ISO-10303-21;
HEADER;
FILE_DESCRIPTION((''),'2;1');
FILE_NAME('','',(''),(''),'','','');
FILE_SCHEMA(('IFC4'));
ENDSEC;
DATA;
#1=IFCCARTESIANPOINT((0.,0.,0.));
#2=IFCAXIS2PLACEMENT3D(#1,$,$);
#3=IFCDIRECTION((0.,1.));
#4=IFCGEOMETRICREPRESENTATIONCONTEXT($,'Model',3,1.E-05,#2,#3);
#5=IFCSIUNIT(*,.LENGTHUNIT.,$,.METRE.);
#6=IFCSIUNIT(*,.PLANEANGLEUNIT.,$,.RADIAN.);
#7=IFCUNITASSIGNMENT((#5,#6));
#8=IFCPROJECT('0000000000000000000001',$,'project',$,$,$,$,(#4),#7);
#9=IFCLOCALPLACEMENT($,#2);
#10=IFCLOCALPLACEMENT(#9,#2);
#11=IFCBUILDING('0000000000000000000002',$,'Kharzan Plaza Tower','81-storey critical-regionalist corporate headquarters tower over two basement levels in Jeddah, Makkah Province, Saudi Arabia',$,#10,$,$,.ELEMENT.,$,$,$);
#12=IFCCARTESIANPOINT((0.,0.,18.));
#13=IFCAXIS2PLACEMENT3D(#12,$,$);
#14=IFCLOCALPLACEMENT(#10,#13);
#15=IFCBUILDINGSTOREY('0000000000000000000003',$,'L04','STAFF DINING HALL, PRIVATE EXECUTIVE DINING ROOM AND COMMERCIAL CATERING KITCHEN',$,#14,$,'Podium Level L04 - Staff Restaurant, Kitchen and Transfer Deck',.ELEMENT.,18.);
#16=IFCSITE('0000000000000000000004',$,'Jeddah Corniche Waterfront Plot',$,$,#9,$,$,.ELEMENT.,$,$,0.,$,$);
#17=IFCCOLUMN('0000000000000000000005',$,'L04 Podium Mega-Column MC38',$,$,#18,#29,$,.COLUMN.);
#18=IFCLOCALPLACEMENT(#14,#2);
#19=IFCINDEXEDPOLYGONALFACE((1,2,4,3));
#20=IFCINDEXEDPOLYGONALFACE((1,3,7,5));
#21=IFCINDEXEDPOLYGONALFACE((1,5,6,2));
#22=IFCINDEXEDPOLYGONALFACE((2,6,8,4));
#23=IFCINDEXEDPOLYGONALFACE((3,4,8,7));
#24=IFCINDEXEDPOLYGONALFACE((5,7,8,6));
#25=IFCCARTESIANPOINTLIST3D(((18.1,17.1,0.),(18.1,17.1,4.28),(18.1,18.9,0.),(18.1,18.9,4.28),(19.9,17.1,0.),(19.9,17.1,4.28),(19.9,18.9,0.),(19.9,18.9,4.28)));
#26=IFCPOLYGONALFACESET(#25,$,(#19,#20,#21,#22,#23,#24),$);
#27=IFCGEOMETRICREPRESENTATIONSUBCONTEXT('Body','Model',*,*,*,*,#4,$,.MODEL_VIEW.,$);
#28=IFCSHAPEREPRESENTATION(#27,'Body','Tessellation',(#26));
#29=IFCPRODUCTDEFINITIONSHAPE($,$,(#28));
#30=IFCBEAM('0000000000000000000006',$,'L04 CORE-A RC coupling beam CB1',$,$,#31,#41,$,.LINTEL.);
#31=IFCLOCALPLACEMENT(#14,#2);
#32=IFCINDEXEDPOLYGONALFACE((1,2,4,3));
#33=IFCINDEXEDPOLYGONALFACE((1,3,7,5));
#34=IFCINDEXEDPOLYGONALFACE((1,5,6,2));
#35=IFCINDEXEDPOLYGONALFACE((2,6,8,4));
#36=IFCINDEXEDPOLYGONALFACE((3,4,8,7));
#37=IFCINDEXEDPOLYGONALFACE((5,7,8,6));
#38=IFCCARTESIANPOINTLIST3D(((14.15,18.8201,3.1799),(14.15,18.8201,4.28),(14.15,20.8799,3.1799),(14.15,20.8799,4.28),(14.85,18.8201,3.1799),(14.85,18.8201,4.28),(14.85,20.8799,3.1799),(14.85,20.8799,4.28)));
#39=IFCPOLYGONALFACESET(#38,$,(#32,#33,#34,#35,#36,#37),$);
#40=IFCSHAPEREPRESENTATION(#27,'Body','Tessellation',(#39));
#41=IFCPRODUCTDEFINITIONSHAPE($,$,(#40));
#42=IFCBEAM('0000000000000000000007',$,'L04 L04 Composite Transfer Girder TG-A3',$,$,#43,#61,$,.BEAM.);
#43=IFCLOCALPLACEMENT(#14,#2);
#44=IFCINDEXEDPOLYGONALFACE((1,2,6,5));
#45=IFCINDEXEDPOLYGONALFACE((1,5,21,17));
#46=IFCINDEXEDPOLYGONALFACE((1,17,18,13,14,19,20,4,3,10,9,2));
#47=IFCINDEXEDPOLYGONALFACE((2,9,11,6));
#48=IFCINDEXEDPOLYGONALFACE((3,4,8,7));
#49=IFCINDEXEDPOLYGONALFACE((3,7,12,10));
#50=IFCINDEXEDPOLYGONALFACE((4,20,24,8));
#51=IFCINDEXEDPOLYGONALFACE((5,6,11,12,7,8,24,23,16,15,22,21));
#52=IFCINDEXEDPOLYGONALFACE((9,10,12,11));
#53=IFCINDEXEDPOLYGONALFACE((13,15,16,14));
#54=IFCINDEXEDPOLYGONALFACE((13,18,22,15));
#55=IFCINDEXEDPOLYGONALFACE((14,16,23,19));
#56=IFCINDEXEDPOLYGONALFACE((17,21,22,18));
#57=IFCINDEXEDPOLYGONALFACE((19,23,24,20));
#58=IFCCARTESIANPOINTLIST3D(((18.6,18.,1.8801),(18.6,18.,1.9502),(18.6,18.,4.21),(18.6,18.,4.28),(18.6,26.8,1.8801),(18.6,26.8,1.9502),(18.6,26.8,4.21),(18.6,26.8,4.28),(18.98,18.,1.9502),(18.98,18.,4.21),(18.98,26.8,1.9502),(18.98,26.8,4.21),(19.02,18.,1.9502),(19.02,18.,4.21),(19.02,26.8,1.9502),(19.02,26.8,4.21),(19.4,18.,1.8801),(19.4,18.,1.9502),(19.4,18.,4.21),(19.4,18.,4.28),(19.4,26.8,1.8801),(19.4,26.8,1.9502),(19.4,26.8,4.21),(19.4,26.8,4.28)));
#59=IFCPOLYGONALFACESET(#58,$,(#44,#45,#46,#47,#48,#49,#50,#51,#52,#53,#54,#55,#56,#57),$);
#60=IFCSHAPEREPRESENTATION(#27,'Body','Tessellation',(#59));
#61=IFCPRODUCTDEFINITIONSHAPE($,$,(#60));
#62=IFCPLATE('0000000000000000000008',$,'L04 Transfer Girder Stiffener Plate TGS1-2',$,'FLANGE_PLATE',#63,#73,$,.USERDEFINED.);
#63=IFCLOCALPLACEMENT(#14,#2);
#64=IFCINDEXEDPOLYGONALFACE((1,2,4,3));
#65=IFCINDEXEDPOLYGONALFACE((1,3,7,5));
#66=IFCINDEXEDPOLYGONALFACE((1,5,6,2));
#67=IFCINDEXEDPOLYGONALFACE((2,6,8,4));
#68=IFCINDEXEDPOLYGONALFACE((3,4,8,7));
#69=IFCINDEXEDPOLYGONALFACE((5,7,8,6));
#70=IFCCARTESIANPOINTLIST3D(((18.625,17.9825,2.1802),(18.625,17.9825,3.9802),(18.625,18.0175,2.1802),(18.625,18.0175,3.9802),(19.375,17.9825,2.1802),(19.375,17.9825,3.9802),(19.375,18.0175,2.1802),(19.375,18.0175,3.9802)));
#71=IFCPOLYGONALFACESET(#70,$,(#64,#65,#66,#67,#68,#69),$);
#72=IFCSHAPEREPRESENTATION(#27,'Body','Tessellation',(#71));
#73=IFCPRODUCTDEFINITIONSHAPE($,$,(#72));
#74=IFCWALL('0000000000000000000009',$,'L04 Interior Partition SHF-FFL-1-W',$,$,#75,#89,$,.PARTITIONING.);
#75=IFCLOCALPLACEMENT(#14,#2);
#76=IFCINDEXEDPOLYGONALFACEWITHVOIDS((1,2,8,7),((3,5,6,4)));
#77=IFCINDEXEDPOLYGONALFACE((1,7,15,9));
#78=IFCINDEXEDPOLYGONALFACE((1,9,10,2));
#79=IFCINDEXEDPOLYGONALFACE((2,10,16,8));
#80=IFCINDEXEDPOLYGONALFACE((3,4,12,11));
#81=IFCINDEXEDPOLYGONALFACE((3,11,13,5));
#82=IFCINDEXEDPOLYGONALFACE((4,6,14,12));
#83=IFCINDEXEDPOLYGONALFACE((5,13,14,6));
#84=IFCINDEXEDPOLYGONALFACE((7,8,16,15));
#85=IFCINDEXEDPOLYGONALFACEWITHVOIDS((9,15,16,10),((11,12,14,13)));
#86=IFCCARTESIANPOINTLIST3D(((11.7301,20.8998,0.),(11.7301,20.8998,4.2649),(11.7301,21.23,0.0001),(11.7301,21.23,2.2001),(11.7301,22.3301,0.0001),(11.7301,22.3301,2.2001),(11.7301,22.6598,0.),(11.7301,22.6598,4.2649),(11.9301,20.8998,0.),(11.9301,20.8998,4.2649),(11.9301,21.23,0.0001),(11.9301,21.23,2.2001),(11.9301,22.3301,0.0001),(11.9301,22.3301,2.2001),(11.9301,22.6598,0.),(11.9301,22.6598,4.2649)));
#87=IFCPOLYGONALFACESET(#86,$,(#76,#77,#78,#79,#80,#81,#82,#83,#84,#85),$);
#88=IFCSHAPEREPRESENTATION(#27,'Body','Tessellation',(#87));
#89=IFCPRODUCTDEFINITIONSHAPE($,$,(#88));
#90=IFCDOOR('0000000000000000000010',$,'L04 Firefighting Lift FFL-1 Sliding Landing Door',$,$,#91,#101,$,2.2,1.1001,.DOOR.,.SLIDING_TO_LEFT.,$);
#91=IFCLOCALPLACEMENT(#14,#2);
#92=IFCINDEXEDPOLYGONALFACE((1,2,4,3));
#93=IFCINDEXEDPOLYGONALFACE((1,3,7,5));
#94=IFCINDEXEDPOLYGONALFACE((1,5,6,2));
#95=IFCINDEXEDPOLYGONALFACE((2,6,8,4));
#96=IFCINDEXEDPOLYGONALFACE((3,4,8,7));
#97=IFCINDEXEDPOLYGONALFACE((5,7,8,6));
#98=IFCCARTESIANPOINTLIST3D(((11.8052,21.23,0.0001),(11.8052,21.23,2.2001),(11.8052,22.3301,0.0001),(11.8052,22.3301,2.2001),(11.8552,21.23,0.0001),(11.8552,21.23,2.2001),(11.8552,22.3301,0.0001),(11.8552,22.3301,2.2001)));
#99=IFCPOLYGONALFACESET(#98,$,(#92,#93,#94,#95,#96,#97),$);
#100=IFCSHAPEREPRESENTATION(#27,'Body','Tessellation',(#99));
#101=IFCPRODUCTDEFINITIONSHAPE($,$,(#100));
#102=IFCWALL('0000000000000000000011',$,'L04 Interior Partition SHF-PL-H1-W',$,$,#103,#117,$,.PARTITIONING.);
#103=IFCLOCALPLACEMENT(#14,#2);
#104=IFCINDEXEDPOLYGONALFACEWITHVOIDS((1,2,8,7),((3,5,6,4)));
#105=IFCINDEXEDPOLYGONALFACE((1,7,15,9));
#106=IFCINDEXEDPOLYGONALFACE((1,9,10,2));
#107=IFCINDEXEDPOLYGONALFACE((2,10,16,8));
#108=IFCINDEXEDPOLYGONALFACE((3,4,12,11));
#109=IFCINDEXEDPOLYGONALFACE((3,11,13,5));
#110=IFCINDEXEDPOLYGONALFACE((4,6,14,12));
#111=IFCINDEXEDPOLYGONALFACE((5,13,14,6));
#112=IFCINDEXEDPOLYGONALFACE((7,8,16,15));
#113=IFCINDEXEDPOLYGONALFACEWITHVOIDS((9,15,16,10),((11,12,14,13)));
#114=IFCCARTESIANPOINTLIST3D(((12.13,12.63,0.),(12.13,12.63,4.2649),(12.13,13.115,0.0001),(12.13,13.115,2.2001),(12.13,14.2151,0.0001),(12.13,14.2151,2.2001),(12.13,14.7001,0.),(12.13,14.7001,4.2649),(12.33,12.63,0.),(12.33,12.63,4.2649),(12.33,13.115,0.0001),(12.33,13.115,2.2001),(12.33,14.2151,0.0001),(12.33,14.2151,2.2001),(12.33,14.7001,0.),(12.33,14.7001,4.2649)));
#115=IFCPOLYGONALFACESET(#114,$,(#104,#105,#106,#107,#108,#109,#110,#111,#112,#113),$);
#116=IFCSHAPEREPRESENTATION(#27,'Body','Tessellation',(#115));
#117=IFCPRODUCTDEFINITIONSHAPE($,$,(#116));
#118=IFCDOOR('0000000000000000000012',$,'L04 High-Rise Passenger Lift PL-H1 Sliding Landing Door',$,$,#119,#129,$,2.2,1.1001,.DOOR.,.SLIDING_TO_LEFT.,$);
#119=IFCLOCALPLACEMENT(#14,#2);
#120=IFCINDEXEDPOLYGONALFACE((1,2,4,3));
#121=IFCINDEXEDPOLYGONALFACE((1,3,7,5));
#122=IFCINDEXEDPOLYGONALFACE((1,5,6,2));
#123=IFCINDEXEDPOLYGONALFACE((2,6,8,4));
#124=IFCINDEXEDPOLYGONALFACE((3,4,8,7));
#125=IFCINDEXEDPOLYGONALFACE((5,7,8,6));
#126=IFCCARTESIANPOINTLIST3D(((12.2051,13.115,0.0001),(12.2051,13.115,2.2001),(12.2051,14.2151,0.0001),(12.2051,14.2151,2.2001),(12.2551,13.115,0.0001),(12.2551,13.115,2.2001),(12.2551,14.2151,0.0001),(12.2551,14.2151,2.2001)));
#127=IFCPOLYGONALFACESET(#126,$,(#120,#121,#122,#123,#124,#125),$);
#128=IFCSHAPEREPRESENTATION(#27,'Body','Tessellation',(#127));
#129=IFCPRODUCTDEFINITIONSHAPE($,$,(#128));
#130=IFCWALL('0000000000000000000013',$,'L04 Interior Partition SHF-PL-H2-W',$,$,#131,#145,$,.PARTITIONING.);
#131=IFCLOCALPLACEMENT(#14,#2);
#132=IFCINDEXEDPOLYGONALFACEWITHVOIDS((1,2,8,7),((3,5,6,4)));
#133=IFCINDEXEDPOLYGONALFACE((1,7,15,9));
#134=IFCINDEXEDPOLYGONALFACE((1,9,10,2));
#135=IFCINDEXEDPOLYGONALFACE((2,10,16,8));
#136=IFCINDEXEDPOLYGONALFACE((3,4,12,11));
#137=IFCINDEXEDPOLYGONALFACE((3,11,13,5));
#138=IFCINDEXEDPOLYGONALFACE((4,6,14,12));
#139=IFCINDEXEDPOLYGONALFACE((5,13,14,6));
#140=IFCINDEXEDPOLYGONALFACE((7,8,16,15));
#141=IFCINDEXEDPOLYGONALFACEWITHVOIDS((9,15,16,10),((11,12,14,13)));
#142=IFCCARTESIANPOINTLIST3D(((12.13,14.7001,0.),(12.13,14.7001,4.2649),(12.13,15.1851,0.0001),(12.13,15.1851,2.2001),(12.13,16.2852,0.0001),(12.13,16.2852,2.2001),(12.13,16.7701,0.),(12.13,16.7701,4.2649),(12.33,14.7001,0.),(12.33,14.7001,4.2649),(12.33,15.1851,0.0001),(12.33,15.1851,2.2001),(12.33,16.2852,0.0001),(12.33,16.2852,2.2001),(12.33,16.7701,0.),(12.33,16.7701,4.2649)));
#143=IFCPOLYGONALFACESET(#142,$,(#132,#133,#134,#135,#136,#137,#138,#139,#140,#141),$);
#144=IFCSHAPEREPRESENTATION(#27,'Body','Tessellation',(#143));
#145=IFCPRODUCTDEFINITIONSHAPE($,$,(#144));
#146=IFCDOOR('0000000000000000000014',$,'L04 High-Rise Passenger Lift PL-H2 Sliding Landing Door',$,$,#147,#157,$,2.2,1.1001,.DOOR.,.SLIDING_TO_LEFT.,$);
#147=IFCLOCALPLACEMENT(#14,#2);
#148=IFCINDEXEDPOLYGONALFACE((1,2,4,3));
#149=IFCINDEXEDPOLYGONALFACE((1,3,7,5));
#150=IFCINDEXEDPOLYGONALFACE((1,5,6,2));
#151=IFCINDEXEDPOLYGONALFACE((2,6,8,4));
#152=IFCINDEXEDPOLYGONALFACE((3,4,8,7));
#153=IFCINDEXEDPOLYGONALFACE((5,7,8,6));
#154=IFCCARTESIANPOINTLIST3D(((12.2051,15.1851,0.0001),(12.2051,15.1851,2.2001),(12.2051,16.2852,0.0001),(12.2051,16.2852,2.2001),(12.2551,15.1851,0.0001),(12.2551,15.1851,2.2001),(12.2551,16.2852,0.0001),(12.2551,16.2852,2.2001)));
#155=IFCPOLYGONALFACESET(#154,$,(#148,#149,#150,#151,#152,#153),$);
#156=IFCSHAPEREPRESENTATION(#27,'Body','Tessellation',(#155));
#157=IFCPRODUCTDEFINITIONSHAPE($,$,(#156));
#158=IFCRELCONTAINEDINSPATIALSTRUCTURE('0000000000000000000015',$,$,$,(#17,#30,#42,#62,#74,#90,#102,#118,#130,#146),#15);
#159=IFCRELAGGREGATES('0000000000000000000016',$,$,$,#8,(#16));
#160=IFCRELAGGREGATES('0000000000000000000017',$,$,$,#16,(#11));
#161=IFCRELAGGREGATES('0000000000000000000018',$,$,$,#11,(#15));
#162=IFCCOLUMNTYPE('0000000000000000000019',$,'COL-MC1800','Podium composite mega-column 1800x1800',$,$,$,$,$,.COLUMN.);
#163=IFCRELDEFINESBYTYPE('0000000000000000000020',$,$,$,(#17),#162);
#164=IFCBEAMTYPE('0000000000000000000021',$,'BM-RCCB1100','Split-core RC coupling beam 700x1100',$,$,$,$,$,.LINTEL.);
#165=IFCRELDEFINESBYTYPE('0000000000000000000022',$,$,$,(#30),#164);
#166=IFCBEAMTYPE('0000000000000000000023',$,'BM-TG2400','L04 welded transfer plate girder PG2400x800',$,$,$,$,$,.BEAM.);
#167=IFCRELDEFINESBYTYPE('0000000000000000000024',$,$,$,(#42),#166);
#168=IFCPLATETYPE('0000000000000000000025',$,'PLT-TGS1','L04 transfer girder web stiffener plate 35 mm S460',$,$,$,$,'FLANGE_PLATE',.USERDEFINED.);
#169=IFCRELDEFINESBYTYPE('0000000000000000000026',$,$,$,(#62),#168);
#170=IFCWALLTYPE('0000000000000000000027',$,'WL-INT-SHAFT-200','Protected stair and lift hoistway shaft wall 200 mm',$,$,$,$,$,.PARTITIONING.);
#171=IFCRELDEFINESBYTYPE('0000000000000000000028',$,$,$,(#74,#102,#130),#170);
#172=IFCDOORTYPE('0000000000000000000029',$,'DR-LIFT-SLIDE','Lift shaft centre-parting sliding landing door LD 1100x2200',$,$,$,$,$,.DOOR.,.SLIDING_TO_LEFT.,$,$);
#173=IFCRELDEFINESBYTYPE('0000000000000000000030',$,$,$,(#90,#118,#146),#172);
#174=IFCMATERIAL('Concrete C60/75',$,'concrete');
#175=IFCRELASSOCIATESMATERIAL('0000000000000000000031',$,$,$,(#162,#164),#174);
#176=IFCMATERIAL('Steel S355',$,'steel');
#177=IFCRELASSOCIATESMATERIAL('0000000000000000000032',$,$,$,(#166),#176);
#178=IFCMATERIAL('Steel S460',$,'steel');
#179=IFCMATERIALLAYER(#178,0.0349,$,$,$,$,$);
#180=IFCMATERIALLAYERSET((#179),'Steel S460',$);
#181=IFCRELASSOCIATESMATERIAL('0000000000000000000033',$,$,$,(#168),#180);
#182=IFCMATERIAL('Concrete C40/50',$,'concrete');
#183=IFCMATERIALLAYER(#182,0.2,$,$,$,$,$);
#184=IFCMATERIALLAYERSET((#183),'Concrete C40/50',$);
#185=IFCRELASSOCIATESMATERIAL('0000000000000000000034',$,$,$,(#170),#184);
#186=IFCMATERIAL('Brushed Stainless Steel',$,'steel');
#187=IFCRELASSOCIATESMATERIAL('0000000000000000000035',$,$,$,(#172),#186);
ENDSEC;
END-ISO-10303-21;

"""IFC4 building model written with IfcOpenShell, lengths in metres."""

from ifc_helpers import new_model, si_unit, direction, frame, frame_2d, origin, origin_2d, place, context, subcontext, project, spatial, rectangle, i_section, extrude, source, transform, mapped, material, layer, layer_set, material_profile, profile_set, type_object, element, fill, save


model = new_model("IFC4")

# Units and contexts
model_context = context("Model", 3, precision=1e-05, world=origin(), true_north=direction((0.0, 1.0)))
body_context = subcontext(model_context, "Body", "Model", "MODEL_VIEW")
ifc_project = project(units=[si_unit("LENGTHUNIT", "METRE"), si_unit("PLANEANGLEUNIT", "RADIAN")], contexts=[model_context])

# Site, building, storey
site_placement = place(None, origin())
site = spatial("IfcSite", under=ifc_project, at=site_placement, Name="Jeddah Corniche Waterfront Plot", CompositionType="ELEMENT", RefElevation=0.0)
building_placement = place(site_placement, origin())
building = spatial("IfcBuilding", under=site, at=building_placement, Name="Kharzan Plaza Tower", Description="81-storey critical-regionalist corporate headquarters tower over two basement levels in Jeddah, Makkah Province, Saudi Arabia", CompositionType="ELEMENT")
storey_placement = place(building_placement, frame((0.0, 0.0, 18.0)))
storey = spatial("IfcBuildingStorey", under=building, at=storey_placement, Name="L04", Description="STAFF DINING HALL, PRIVATE EXECUTIVE DINING ROOM AND COMMERCIAL CATERING KITCHEN", LongName="Podium Level L04 - Staff Restaurant, Kitchen and Transfer Deck", CompositionType="ELEMENT", Elevation=18.0)

# Column
ifc_material_1 = material(Name="Concrete C60/75", Category="concrete")
ifc_material_profile_1 = material_profile(ifc_material_1, rectangle(XDim=1.8, YDim=1.8, at=origin_2d()), Name="RC-MC1800x1800")
ifc_profile_set_1 = profile_set([ifc_material_profile_1], Name="Concrete C60/75")
column_type = type_object("IfcColumnType", Name="COL-MC1800", Description="Podium composite mega-column 1800x1800", PredefinedType="COLUMN", material=ifc_profile_set_1)
shared_shape_1 = source(origin(), body_context, "Body", "SweptSolid", [
    extrude(rectangle(XDim=1.8, YDim=1.8, at=origin_2d()), origin(), (0.0, 0.0, 1.0), 4.28),
])
column_placement = place(storey_placement, frame((19.0, 18.0, 0.0), z_axis=(0.0, 0.0, 1.0), x_axis=(1.0, 0.0, 0.0)))
element("IfcColumn", 1, at=column_placement, inside=storey, type_object=column_type, Name="L04 Podium Mega-Column MC38", PredefinedType="COLUMN", context=body_context, shape_type="MappedRepresentation", body=[
    mapped(shared_shape_1, transform((0.0, 0.0, 0.0), x_axis=(1.0, 0.0, 0.0), y_axis=(0.0, 1.0, 0.0), z_axis=(0.0, 0.0, 1.0))),
])

# Beams
ifc_material_profile_2 = material_profile(ifc_material_1, rectangle(XDim=0.7, YDim=1.1001, at=origin_2d()), Name="RC-CB1100x700")
ifc_profile_set_2 = profile_set([ifc_material_profile_2], Name="Concrete C60/75")
beam_type_1 = type_object("IfcBeamType", Name="BM-RCCB1100", Description="Split-core RC coupling beam 700x1100", PredefinedType="LINTEL", material=ifc_profile_set_2)
shared_shape_2 = source(origin(), body_context, "Body", "SweptSolid", [
    extrude(rectangle(XDim=0.7, YDim=1.1001, at=origin_2d()), origin(), (0.0, 0.0, 1.0), 2.0598),
])
beam_1_placement = place(storey_placement, frame((14.5, 18.8201, 3.73), z_axis=(0.0, 1.0, 0.0), x_axis=(-1.0, 0.0, 0.0)))
element("IfcBeam", 2, at=beam_1_placement, inside=storey, type_object=beam_type_1, Name="L04 CORE-A RC coupling beam CB1", PredefinedType="LINTEL", context=body_context, shape_type="MappedRepresentation", body=[
    mapped(shared_shape_2, transform((0.0, 0.0, 0.0), x_axis=(1.0, 0.0, 0.0), y_axis=(0.0, 1.0, 0.0), z_axis=(0.0, 0.0, 1.0))),
])
ifc_material_2 = material(Name="Steel S355", Category="steel")
ifc_material_profile_3 = material_profile(ifc_material_2, i_section(OverallWidth=0.8, OverallDepth=2.3999, WebThickness=0.04, FlangeThickness=0.0701, at=origin_2d()), Name="PG2400x800")
ifc_profile_set_3 = profile_set([ifc_material_profile_3], Name="Steel S355")
beam_type_2 = type_object("IfcBeamType", Name="BM-TG2400", Description="L04 welded transfer plate girder PG2400x800", PredefinedType="BEAM", material=ifc_profile_set_3)
shared_shape_3 = source(origin(), body_context, "Body", "SweptSolid", [
    extrude(i_section(OverallWidth=0.8, OverallDepth=2.3999, WebThickness=0.04, FlangeThickness=0.0701, at=origin_2d()), origin(), (0.0, 0.0, 1.0), 8.8),
])
beam_2_placement = place(storey_placement, frame((19.0, 18.0, 3.0801), z_axis=(0.0, 1.0, 0.0), x_axis=(-1.0, 0.0, 0.0)))
element("IfcBeam", 3, at=beam_2_placement, inside=storey, type_object=beam_type_2, Name="L04 L04 Composite Transfer Girder TG-A3", PredefinedType="BEAM", context=body_context, shape_type="MappedRepresentation", body=[
    mapped(shared_shape_3, transform((0.0, 0.0, 0.0), x_axis=(1.0, 0.0, 0.0), y_axis=(0.0, 1.0, 0.0), z_axis=(0.0, 0.0, 1.0))),
])

# Plate
ifc_material_3 = material(Name="Steel S460", Category="steel")
ifc_layer_1 = layer(ifc_material_3, 0.0349)
ifc_layer_set_1 = layer_set([ifc_layer_1], Name="Steel S460")
plate_type = type_object("IfcPlateType", Name="PLT-TGS1", Description="L04 transfer girder web stiffener plate 35 mm S460", ElementType="FLANGE_PLATE", PredefinedType="USERDEFINED", material=ifc_layer_set_1)
shared_shape_4 = source(origin(), body_context, "Body", "SweptSolid", [
    extrude(rectangle(XDim=0.75, YDim=0.0349, at=origin_2d()), origin(), (0.0, 0.0, 1.0), 1.8),
])
plate_placement = place(storey_placement, frame((19.0, 18.0, 2.1802), z_axis=(0.0, 0.0, 1.0), x_axis=(1.0, 0.0, 0.0)))
element("IfcPlate", 4, at=plate_placement, inside=storey, type_object=plate_type, Name="L04 Transfer Girder Stiffener Plate TGS1-2", ObjectType="FLANGE_PLATE", PredefinedType="USERDEFINED", context=body_context, shape_type="MappedRepresentation", body=[
    mapped(shared_shape_4, transform((0.0, 0.0, 0.0), x_axis=(1.0, 0.0, 0.0), y_axis=(0.0, 1.0, 0.0), z_axis=(0.0, 0.0, 1.0))),
])

# Walls, openings, doors
ifc_material_4 = material(Name="Concrete C40/50", Category="concrete")
ifc_layer_2 = layer(ifc_material_4, 0.2)
ifc_layer_set_2 = layer_set([ifc_layer_2], Name="Concrete C40/50")
wall_type_1 = type_object("IfcWallType", Name="WL-INT-SHAFT-200", Description="Protected stair and lift hoistway shaft wall 200 mm", PredefinedType="PARTITIONING", material=ifc_layer_set_2)
wall_1_placement = place(storey_placement, frame((11.8301, 20.8999, 0.0), z_axis=(0.0, 0.0, 1.0), x_axis=(0.0, 1.0, 0.0)))
wall_1 = element("IfcWall", 5, at=wall_1_placement, inside=storey, type_object=wall_type_1, Name="L04 Interior Partition SHF-FFL-1-W", PredefinedType="PARTITIONING", context=body_context, shape_type="SweptSolid", body=[
    extrude(rectangle(XDim=1.76, YDim=0.2, at=frame_2d((0.8799, 0.0))), origin(), (0.0, 0.0, 1.0), 4.2649),
])
opening_1_placement = place(wall_1_placement, frame((0.3301, 0.0, 0.0)))
opening_1 = element("IfcOpeningElement", 6, at=opening_1_placement, cuts=wall_1, PredefinedType="OPENING", context=body_context, shape_type="SweptSolid", body=[
    extrude(rectangle(XDim=1.1001, YDim=2.2, at=frame_2d((0.55, 1.1001))), frame((0.0, 0.1099, 0.0), z_axis=(0.0, -1.0, 0.0), x_axis=(1.0, 0.0, 0.0)), (0.0, 0.0, 1.0), 0.22),
])
ifc_material_5 = material(Name="Brushed Stainless Steel", Category="steel")
door_type = type_object("IfcDoorType", Name="DR-LIFT-SLIDE", Description="Lift shaft centre-parting sliding landing door LD 1100x2200", OperationType="SLIDING_TO_LEFT", PredefinedType="DOOR", material=ifc_material_5)
shared_shape_5 = source(origin(), body_context, "Body", "SweptSolid", [
    extrude(rectangle(XDim=1.1001, YDim=2.2, at=frame_2d((0.55, 1.1001))), frame((0.0, 0.0249, 0.0), z_axis=(0.0, -1.0, 0.0), x_axis=(1.0, 0.0, 0.0)), (0.0, 0.0, 1.0), 0.05),
])
door_1_placement = place(opening_1_placement, origin())
door_1 = element("IfcDoor", 7, at=door_1_placement, inside=storey, type_object=door_type, Name="L04 Firefighting Lift FFL-1 Sliding Landing Door", OperationType="SLIDING_TO_LEFT", OverallHeight=2.2, OverallWidth=1.1001, PredefinedType="DOOR", context=body_context, shape_type="MappedRepresentation", body=[
    mapped(shared_shape_5, transform((0.0, 0.0, 0.0), x_axis=(1.0, 0.0, 0.0), y_axis=(0.0, 1.0, 0.0), z_axis=(0.0, 0.0, 1.0))),
])
fill(opening_1, door_1)
wall_2_placement = place(storey_placement, frame((12.23, 12.6299, 0.0), z_axis=(0.0, 0.0, 1.0), x_axis=(0.0, 1.0, 0.0)))
wall_2 = element("IfcWall", 8, at=wall_2_placement, inside=storey, type_object=wall_type_1, Name="L04 Interior Partition SHF-PL-H1-W", PredefinedType="PARTITIONING", context=body_context, shape_type="SweptSolid", body=[
    extrude(rectangle(XDim=2.0701, YDim=0.2, at=frame_2d((1.0352, 0.0))), origin(), (0.0, 0.0, 1.0), 4.2649),
])
opening_2_placement = place(wall_2_placement, frame((0.4851, 0.0, 0.0)))
opening_2 = element("IfcOpeningElement", 9, at=opening_2_placement, cuts=wall_2, PredefinedType="OPENING", context=body_context, shape_type="SweptSolid", body=[
    extrude(rectangle(XDim=1.1001, YDim=2.2, at=frame_2d((0.55, 1.1001))), frame((0.0, 0.1099, 0.0), z_axis=(0.0, -1.0, 0.0), x_axis=(1.0, 0.0, 0.0)), (0.0, 0.0, 1.0), 0.22),
])
door_2_placement = place(opening_2_placement, origin())
door_2 = element("IfcDoor", 10, at=door_2_placement, inside=storey, type_object=door_type, Name="L04 High-Rise Passenger Lift PL-H1 Sliding Landing Door", OperationType="SLIDING_TO_LEFT", OverallHeight=2.2, OverallWidth=1.1001, PredefinedType="DOOR", context=body_context, shape_type="MappedRepresentation", body=[
    mapped(shared_shape_5, transform((0.0, 0.0, 0.0), x_axis=(1.0, 0.0, 0.0), y_axis=(0.0, 1.0, 0.0), z_axis=(0.0, 0.0, 1.0))),
])
fill(opening_2, door_2)
wall_3_placement = place(storey_placement, frame((12.23, 14.7, 0.0), z_axis=(0.0, 0.0, 1.0), x_axis=(0.0, 1.0, 0.0)))
wall_3 = element("IfcWall", 11, at=wall_3_placement, inside=storey, type_object=wall_type_1, Name="L04 Interior Partition SHF-PL-H2-W", PredefinedType="PARTITIONING", context=body_context, shape_type="SweptSolid", body=[
    extrude(rectangle(XDim=2.0701, YDim=0.2, at=frame_2d((1.0352, 0.0))), origin(), (0.0, 0.0, 1.0), 4.2649),
])
opening_3_placement = place(wall_3_placement, frame((0.4851, 0.0, 0.0)))
opening_3 = element("IfcOpeningElement", 12, at=opening_3_placement, cuts=wall_3, PredefinedType="OPENING", context=body_context, shape_type="SweptSolid", body=[
    extrude(rectangle(XDim=1.1001, YDim=2.2, at=frame_2d((0.55, 1.1001))), frame((0.0, 0.1099, 0.0), z_axis=(0.0, -1.0, 0.0), x_axis=(1.0, 0.0, 0.0)), (0.0, 0.0, 1.0), 0.22),
])
door_3_placement = place(opening_3_placement, origin())
door_3 = element("IfcDoor", 13, at=door_3_placement, inside=storey, type_object=door_type, Name="L04 High-Rise Passenger Lift PL-H2 Sliding Landing Door", OperationType="SLIDING_TO_LEFT", OverallHeight=2.2, OverallWidth=1.1001, PredefinedType="DOOR", context=body_context, shape_type="MappedRepresentation", body=[
    mapped(shared_shape_5, transform((0.0, 0.0, 0.0), x_axis=(1.0, 0.0, 0.0), y_axis=(0.0, 1.0, 0.0), z_axis=(0.0, 0.0, 1.0))),
])
fill(opening_3, door_3)

save(model, "model.ifc")
